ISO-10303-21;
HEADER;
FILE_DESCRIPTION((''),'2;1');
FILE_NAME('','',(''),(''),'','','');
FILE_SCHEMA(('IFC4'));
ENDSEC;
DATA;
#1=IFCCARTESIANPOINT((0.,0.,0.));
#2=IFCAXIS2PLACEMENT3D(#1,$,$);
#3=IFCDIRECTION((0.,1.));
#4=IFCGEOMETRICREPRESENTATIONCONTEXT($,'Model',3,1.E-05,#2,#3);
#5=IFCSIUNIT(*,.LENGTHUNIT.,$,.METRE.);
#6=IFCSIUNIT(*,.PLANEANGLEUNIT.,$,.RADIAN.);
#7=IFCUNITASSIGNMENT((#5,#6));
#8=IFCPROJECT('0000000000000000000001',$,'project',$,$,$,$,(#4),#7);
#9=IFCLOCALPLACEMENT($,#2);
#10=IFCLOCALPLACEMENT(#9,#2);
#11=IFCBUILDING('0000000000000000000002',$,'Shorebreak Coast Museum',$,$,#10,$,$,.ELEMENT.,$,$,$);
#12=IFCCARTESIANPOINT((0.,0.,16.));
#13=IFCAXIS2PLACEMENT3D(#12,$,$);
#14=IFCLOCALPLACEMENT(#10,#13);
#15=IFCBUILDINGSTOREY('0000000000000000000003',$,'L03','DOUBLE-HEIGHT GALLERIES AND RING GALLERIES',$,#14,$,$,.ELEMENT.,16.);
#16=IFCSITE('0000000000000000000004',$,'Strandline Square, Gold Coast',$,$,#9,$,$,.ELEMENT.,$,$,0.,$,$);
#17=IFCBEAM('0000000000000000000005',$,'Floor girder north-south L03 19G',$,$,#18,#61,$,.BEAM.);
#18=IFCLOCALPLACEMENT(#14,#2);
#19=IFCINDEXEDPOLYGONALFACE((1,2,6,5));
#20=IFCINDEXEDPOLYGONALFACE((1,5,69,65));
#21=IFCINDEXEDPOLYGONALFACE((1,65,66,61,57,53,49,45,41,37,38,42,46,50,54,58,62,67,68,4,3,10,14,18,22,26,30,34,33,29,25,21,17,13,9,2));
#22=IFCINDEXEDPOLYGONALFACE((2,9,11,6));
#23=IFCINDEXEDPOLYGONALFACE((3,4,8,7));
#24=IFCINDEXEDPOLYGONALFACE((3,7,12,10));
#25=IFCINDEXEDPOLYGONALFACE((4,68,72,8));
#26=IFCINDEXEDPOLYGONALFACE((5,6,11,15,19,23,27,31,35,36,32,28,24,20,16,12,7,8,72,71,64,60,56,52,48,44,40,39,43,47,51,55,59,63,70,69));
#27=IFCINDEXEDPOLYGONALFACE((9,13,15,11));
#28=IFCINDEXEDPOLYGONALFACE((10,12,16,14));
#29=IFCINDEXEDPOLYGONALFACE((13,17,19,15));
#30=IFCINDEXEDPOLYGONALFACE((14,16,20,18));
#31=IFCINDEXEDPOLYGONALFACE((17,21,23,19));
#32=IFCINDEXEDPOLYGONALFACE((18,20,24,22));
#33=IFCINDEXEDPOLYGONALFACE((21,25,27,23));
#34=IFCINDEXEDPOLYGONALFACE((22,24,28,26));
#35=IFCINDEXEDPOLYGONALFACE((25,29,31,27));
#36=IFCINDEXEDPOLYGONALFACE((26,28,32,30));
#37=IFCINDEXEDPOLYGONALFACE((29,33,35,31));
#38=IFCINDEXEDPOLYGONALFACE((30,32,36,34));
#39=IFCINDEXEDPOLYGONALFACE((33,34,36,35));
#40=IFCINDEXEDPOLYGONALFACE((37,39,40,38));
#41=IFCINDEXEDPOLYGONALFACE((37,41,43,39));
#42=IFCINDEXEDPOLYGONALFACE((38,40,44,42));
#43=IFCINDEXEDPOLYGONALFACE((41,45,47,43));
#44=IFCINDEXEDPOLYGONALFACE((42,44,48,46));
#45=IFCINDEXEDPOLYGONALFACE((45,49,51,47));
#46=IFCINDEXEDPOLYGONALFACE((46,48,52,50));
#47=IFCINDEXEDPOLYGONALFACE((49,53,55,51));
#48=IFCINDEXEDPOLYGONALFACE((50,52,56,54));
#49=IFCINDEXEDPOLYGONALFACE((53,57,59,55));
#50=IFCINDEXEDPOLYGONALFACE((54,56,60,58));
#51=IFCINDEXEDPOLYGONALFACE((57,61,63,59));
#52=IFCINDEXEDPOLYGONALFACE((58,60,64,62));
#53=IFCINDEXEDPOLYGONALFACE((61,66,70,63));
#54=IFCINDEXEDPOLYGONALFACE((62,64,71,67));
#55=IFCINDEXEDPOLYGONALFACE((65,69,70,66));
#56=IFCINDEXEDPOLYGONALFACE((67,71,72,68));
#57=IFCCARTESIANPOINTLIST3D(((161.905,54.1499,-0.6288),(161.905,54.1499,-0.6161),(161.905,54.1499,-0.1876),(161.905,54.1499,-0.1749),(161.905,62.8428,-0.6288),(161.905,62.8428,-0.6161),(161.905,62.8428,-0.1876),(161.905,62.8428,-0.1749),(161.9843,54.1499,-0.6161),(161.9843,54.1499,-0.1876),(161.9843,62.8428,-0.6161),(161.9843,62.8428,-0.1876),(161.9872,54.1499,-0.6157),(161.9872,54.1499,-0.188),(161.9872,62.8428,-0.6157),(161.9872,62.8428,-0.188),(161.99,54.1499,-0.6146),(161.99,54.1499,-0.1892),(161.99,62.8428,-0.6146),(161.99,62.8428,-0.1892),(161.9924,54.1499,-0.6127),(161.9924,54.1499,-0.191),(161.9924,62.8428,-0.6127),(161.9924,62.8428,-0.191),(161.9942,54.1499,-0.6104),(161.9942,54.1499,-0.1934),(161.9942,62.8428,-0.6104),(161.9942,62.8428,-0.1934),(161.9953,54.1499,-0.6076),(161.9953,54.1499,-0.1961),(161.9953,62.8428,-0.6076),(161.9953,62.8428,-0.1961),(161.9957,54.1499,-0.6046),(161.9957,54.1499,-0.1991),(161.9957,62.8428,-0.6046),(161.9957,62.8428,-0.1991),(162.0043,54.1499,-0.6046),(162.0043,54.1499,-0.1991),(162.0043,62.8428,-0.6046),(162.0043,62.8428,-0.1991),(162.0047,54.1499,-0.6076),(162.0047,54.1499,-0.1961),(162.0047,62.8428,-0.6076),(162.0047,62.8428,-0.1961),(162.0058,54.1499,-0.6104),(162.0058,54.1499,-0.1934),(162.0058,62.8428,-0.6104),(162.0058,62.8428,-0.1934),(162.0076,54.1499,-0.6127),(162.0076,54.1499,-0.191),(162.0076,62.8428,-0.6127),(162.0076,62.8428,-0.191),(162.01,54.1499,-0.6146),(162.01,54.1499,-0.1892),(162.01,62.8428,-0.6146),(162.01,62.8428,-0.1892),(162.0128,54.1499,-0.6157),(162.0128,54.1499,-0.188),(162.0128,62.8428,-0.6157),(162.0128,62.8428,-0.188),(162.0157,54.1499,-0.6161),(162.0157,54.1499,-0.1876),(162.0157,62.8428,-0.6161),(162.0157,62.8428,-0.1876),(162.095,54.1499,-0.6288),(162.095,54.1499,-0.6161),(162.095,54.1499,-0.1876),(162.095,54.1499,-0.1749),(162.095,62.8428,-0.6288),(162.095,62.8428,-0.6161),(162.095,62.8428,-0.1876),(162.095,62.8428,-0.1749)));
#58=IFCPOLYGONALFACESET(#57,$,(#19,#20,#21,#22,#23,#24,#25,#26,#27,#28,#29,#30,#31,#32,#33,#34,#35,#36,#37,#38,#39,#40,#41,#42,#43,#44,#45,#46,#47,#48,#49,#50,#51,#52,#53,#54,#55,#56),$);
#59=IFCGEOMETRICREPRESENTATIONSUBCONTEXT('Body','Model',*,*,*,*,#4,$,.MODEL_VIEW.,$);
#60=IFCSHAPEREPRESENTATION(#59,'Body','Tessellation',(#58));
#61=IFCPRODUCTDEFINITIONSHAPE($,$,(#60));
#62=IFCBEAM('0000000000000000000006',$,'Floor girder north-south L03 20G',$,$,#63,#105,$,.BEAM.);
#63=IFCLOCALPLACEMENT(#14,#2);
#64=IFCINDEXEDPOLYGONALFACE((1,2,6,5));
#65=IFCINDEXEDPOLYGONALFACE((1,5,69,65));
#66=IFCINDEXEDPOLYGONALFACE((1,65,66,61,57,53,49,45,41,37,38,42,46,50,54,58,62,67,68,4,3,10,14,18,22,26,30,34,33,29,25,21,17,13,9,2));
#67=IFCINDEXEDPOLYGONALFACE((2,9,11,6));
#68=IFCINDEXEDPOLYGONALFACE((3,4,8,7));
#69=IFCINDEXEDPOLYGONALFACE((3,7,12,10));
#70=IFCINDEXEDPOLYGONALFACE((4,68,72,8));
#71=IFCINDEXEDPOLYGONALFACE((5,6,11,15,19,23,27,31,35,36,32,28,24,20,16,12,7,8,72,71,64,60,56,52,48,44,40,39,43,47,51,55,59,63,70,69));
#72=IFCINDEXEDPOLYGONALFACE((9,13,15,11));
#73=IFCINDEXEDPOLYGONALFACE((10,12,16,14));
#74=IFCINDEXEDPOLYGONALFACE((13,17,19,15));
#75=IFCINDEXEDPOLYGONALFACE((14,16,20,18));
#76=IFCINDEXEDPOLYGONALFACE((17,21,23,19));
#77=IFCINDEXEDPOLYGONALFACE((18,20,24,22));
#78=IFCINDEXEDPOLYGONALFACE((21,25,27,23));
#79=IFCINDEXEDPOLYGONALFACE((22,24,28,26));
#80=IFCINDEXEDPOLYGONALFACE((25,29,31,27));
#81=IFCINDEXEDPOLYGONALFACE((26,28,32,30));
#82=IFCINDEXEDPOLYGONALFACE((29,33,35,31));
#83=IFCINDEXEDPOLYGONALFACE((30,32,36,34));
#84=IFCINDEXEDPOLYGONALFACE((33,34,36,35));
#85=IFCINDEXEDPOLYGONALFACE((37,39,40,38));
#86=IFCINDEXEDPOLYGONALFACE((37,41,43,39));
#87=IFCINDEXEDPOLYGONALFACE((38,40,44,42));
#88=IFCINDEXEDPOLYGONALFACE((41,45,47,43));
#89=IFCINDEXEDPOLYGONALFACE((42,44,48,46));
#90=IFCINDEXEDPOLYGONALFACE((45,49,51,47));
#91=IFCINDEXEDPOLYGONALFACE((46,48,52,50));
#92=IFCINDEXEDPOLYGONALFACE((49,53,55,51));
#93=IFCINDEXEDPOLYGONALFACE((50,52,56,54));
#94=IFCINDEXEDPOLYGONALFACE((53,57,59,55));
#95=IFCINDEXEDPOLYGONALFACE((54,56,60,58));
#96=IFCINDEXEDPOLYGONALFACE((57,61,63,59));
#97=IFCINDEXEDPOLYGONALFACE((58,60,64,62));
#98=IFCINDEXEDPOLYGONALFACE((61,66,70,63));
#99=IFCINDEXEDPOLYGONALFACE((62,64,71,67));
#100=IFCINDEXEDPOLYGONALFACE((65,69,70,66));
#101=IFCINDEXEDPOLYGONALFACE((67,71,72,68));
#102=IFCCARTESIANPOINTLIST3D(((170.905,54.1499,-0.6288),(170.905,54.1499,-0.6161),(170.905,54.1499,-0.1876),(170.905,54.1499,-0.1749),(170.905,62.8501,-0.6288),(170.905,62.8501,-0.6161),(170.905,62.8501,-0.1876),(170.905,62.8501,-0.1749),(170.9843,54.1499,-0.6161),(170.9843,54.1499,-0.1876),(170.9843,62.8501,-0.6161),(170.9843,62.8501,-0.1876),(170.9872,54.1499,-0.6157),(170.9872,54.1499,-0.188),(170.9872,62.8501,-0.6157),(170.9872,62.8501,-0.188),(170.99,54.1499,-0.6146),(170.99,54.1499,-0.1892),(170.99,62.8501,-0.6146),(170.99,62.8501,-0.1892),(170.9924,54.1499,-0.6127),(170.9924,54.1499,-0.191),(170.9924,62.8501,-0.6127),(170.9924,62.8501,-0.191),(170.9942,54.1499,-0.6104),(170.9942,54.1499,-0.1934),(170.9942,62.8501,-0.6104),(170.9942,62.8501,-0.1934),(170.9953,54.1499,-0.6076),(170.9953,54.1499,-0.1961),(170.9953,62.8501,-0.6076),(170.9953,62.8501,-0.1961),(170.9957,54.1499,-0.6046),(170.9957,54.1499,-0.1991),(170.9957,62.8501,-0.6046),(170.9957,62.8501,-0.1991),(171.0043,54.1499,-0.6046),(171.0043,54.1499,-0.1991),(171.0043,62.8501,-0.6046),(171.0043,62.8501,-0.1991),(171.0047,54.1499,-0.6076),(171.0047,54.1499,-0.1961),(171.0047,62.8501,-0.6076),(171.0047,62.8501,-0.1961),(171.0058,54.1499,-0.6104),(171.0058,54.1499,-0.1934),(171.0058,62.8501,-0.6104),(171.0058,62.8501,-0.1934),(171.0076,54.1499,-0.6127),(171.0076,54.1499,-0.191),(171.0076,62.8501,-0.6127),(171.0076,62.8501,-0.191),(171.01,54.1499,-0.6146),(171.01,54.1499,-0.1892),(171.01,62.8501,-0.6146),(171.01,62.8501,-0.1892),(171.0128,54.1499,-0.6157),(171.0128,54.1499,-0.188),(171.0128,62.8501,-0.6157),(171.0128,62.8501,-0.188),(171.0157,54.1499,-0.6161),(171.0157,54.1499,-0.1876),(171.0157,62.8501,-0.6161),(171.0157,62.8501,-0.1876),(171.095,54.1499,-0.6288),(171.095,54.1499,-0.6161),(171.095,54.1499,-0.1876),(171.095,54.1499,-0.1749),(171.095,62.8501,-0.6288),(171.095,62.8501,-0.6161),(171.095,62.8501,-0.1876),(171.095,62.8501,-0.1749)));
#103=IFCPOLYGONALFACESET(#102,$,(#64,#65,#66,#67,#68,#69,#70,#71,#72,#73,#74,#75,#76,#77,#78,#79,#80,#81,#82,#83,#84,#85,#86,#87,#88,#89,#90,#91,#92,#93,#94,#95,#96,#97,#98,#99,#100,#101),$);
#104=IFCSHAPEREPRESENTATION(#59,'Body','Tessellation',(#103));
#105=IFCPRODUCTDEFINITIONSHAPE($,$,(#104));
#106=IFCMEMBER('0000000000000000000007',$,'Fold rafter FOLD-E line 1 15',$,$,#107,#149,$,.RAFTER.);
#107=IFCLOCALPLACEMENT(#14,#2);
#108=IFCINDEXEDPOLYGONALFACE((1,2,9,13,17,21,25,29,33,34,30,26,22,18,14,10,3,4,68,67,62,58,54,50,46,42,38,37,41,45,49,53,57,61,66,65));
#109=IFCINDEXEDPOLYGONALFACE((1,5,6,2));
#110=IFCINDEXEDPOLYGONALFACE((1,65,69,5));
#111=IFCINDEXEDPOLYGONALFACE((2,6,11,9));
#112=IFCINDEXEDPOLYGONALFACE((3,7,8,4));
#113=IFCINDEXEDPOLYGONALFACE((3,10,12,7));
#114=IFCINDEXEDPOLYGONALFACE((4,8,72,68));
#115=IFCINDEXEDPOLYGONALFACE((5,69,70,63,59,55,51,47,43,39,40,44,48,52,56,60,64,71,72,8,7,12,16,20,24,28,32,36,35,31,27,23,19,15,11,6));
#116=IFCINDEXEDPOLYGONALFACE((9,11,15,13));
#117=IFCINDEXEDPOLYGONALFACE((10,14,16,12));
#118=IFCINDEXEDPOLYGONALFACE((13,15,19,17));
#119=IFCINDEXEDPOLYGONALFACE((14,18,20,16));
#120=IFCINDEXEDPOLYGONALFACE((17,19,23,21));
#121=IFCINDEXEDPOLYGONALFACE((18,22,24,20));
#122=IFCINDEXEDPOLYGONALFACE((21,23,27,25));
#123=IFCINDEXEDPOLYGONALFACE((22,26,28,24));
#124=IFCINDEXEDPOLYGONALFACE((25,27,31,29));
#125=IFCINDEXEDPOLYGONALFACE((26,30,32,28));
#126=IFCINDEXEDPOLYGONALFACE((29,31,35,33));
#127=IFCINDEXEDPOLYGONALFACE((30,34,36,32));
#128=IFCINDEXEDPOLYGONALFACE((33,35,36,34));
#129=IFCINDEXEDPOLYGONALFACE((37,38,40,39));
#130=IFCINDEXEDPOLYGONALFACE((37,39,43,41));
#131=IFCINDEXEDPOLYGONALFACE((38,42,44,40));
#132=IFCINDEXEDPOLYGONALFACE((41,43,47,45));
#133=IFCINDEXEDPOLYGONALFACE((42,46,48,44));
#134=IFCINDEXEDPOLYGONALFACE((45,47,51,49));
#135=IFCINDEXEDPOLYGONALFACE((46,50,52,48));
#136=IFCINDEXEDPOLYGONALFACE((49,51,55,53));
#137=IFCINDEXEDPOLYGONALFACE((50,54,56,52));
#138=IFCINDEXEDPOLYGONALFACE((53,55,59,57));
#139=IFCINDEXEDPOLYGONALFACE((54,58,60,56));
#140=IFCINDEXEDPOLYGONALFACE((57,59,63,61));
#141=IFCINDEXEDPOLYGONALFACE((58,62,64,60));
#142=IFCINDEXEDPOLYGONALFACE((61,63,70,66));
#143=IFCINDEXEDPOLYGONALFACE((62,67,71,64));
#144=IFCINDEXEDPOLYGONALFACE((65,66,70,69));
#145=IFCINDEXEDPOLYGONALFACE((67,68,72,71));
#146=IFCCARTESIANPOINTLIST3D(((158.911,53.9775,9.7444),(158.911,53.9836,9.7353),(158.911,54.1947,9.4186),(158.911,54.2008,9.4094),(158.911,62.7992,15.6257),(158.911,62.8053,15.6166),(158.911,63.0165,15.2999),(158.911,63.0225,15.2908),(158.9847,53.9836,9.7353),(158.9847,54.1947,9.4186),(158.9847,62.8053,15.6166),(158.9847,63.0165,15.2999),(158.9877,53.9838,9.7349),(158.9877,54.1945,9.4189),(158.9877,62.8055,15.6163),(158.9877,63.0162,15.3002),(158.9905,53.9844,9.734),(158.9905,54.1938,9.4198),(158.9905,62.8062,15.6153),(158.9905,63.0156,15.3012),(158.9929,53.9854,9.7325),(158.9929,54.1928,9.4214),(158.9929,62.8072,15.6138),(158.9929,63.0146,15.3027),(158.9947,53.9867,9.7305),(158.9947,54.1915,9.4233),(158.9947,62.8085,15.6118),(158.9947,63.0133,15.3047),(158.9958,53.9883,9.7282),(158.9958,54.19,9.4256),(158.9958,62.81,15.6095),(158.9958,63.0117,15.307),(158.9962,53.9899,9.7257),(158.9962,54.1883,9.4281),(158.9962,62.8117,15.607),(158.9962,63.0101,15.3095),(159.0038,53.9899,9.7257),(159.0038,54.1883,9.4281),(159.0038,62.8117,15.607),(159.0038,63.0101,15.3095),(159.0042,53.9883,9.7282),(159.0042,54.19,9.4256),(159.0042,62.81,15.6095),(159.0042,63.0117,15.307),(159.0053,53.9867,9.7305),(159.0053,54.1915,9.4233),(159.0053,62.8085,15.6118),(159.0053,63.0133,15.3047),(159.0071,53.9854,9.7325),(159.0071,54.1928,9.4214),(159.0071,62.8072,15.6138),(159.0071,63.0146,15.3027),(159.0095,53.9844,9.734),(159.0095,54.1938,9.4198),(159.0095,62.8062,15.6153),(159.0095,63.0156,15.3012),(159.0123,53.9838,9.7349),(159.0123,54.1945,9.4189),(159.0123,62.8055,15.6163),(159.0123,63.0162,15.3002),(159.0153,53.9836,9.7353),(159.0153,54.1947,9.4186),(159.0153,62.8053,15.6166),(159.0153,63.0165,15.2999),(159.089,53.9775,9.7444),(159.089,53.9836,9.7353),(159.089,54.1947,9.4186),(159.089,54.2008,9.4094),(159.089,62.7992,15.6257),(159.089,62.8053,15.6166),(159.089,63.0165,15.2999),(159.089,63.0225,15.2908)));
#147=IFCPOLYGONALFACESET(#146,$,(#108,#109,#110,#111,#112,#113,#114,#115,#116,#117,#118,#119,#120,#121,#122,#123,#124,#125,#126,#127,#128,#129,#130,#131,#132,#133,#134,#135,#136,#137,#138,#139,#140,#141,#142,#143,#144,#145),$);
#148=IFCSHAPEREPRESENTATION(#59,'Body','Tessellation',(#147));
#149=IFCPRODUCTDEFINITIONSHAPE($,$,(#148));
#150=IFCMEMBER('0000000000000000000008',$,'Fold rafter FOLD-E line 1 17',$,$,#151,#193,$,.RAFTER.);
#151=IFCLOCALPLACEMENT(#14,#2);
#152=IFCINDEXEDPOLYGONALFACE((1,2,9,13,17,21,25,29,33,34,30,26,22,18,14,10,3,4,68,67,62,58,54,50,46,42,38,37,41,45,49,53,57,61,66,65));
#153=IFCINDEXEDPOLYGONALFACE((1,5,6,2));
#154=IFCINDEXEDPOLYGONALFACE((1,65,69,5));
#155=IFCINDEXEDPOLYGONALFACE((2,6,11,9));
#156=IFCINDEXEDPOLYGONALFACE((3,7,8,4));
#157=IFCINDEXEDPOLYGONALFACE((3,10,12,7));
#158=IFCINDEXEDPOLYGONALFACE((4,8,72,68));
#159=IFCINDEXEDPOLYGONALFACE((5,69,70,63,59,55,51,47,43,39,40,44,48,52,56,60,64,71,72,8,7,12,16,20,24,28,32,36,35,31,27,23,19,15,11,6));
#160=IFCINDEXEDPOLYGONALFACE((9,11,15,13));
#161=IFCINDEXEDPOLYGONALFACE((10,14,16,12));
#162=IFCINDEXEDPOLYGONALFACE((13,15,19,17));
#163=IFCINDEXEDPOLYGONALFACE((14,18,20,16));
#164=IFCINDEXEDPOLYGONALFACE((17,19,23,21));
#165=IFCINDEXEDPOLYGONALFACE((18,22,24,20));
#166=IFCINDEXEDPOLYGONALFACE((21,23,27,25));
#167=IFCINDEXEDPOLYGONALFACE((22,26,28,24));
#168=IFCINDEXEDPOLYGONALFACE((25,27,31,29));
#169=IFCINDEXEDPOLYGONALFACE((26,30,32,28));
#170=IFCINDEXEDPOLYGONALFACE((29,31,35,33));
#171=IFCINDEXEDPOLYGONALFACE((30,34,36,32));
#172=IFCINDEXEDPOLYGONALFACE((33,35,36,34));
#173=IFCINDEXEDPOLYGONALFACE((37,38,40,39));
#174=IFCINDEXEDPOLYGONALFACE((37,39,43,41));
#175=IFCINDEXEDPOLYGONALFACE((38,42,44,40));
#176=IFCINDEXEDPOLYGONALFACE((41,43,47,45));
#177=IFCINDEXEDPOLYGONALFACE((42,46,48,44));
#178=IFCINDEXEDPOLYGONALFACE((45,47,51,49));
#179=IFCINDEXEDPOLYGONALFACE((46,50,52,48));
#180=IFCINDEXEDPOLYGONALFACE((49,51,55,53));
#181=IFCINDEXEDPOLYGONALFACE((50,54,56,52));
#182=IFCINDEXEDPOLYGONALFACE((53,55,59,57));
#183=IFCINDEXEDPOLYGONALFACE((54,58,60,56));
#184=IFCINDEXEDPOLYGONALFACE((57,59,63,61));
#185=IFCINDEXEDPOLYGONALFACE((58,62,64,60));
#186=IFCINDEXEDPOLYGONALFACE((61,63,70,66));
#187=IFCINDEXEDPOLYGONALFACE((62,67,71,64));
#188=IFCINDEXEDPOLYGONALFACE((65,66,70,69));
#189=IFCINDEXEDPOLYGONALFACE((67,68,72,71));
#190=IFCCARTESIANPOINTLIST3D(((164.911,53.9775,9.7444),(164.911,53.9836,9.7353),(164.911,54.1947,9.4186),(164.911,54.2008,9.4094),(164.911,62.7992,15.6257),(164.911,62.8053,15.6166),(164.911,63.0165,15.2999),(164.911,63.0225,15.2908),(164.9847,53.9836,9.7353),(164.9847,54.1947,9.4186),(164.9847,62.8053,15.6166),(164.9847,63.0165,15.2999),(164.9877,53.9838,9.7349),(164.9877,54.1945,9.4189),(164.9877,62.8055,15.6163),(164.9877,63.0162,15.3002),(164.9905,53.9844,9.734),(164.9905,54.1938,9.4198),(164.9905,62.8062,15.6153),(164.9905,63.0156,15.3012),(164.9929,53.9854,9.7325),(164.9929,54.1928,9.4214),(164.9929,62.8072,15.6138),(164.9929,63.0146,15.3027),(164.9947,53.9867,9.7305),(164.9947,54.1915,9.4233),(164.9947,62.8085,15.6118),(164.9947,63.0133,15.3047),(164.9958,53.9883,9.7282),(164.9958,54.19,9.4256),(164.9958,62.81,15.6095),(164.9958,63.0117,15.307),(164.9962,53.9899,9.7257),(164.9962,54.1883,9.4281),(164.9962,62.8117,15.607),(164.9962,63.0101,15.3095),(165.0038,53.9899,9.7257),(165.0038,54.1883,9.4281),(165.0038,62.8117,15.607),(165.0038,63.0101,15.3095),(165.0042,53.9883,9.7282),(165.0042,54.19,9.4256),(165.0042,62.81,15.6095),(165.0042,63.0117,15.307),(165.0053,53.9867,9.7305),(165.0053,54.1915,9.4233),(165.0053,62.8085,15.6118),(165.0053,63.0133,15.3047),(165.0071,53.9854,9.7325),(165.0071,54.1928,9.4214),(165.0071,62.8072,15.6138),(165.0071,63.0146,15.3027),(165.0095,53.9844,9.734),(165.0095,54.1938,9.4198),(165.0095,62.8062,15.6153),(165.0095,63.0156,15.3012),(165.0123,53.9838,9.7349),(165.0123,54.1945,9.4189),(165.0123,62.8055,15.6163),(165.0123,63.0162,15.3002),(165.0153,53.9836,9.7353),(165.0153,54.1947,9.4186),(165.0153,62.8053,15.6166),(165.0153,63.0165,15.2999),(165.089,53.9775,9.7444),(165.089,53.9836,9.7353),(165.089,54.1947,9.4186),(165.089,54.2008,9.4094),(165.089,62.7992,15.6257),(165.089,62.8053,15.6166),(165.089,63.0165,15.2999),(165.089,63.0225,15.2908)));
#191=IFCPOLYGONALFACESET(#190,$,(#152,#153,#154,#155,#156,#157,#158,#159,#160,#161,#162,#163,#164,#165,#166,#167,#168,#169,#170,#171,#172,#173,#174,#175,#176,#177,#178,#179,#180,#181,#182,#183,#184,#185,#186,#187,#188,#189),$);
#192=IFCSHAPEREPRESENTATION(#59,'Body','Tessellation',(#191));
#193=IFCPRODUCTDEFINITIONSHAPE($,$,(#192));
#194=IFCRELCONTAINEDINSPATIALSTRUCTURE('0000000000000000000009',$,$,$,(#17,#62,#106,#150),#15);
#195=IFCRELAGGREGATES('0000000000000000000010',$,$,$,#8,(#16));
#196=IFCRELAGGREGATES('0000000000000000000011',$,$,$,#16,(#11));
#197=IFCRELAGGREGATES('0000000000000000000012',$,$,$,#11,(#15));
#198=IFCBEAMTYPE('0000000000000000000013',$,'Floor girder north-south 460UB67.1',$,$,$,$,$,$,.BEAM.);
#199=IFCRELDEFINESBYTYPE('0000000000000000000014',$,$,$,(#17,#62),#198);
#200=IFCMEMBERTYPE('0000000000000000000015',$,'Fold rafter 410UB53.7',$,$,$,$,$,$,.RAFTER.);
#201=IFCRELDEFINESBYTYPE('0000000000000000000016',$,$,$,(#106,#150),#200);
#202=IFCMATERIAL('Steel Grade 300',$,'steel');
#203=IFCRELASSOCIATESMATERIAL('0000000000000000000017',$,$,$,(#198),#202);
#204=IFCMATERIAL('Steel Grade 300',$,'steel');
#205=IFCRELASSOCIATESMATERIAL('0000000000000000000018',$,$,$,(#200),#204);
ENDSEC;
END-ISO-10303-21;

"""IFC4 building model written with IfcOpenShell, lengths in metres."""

from ifc_helpers import new_model, si_unit, direction, frame, origin, origin_2d, place, context, subcontext, project, spatial, i_section, extrude, material, material_profile, profile_set, type_object, element, save


model = new_model("IFC4")

# Units and contexts
model_context = context("Model", 3, precision=1e-05, world=origin(), true_north=direction((0.0, 1.0)))
body_context = subcontext(model_context, "Body", "Model", "MODEL_VIEW")
ifc_project = project(units=[si_unit("LENGTHUNIT", "METRE"), si_unit("PLANEANGLEUNIT", "RADIAN")], contexts=[model_context])

# Site, building, storey
site_placement = place(None, origin())
site = spatial("IfcSite", under=ifc_project, at=site_placement, Name="Strandline Square, Gold Coast", CompositionType="ELEMENT", RefElevation=0.0)
building_placement = place(site_placement, origin())
building = spatial("IfcBuilding", under=site, at=building_placement, Name="Shorebreak Coast Museum", CompositionType="ELEMENT")
storey_placement = place(building_placement, frame((0.0, 0.0, 16.0)))
storey = spatial("IfcBuildingStorey", under=building, at=storey_placement, Name="L03", Description="DOUBLE-HEIGHT GALLERIES AND RING GALLERIES", CompositionType="ELEMENT", Elevation=16.0)

# Beams
ifc_material_1 = material(Name="Steel Grade 300", Category="steel")
ifc_material_profile_1 = material_profile(ifc_material_1, i_section(OverallWidth=0.1899, OverallDepth=0.4539, WebThickness=0.0085, FlangeThickness=0.0127, FilletRadius=0.0115, at=origin_2d()), Name="460UB67.1")
ifc_profile_set_1 = profile_set([ifc_material_profile_1], Name="Steel Grade 300")
beam_type_1 = type_object("IfcBeamType", Name="Floor girder north-south 460UB67.1", PredefinedType="BEAM", material=ifc_profile_set_1)
beam_1_placement = place(storey_placement, frame((162.0, 54.1499, -0.4019), z_axis=(0.0, 1.0, 0.0), x_axis=(-1.0, 0.0, 0.0)))
element("IfcBeam", 1, at=beam_1_placement, inside=storey, type_object=beam_type_1, Name="Floor girder north-south L03 19G", PredefinedType="BEAM", context=body_context, shape_type="SweptSolid", body=[
    extrude(i_section(OverallWidth=0.1899, OverallDepth=0.4539, WebThickness=0.0085, FlangeThickness=0.0127, FilletRadius=0.0115, at=origin_2d()), origin(), (0.0, 0.0, 1.0), 8.6929),
])
beam_2_placement = place(storey_placement, frame((171.0, 54.1499, -0.4019), z_axis=(0.0, 1.0, 0.0), x_axis=(-1.0, 0.0, 0.0)))
element("IfcBeam", 2, at=beam_2_placement, inside=storey, type_object=beam_type_1, Name="Floor girder north-south L03 20G", PredefinedType="BEAM", context=body_context, shape_type="SweptSolid", body=[
    extrude(i_section(OverallWidth=0.1899, OverallDepth=0.4539, WebThickness=0.0085, FlangeThickness=0.0127, FilletRadius=0.0115, at=origin_2d()), origin(), (0.0, 0.0, 1.0), 8.7002),
])

# Members
ifc_material_2 = material(Name="Steel Grade 300", Category="steel")
ifc_material_profile_2 = material_profile(ifc_material_2, i_section(OverallWidth=0.178, OverallDepth=0.4026, WebThickness=0.0076, FlangeThickness=0.011, FilletRadius=0.0115, at=origin_2d()), Name="410UB53.7")
ifc_profile_set_2 = profile_set([ifc_material_profile_2], Name="Steel Grade 300")
member_type_1 = type_object("IfcMemberType", Name="Fold rafter 410UB53.7", PredefinedType="RAFTER", material=ifc_profile_set_2)
for number, where, z_axis, x_axis, name in (
    (3, (159.0, 62.9109, 15.4583), (0.0, -0.832043, -0.554711), (1.0, 0.0, 0.0), "Fold rafter FOLD-E line 1 15"),
    (4, (165.0, 62.9109, 15.4583), (0.0, -0.832043, -0.554711), (1.0, 0.0, 0.0), "Fold rafter FOLD-E line 1 17"),
):
    element("IfcMember", number, at=place(storey_placement, frame(where, z_axis=z_axis, x_axis=x_axis)), inside=storey, type_object=member_type_1, Name=name, PredefinedType="RAFTER", context=body_context, shape_type="SweptSolid", body=[
        extrude(i_section(OverallWidth=0.178, OverallDepth=0.4026, WebThickness=0.0076, FlangeThickness=0.011, FilletRadius=0.0115, at=origin_2d()), origin(), (0.0, 0.0, 1.0), 10.6025),
    ])

save(model, "model.ifc")
